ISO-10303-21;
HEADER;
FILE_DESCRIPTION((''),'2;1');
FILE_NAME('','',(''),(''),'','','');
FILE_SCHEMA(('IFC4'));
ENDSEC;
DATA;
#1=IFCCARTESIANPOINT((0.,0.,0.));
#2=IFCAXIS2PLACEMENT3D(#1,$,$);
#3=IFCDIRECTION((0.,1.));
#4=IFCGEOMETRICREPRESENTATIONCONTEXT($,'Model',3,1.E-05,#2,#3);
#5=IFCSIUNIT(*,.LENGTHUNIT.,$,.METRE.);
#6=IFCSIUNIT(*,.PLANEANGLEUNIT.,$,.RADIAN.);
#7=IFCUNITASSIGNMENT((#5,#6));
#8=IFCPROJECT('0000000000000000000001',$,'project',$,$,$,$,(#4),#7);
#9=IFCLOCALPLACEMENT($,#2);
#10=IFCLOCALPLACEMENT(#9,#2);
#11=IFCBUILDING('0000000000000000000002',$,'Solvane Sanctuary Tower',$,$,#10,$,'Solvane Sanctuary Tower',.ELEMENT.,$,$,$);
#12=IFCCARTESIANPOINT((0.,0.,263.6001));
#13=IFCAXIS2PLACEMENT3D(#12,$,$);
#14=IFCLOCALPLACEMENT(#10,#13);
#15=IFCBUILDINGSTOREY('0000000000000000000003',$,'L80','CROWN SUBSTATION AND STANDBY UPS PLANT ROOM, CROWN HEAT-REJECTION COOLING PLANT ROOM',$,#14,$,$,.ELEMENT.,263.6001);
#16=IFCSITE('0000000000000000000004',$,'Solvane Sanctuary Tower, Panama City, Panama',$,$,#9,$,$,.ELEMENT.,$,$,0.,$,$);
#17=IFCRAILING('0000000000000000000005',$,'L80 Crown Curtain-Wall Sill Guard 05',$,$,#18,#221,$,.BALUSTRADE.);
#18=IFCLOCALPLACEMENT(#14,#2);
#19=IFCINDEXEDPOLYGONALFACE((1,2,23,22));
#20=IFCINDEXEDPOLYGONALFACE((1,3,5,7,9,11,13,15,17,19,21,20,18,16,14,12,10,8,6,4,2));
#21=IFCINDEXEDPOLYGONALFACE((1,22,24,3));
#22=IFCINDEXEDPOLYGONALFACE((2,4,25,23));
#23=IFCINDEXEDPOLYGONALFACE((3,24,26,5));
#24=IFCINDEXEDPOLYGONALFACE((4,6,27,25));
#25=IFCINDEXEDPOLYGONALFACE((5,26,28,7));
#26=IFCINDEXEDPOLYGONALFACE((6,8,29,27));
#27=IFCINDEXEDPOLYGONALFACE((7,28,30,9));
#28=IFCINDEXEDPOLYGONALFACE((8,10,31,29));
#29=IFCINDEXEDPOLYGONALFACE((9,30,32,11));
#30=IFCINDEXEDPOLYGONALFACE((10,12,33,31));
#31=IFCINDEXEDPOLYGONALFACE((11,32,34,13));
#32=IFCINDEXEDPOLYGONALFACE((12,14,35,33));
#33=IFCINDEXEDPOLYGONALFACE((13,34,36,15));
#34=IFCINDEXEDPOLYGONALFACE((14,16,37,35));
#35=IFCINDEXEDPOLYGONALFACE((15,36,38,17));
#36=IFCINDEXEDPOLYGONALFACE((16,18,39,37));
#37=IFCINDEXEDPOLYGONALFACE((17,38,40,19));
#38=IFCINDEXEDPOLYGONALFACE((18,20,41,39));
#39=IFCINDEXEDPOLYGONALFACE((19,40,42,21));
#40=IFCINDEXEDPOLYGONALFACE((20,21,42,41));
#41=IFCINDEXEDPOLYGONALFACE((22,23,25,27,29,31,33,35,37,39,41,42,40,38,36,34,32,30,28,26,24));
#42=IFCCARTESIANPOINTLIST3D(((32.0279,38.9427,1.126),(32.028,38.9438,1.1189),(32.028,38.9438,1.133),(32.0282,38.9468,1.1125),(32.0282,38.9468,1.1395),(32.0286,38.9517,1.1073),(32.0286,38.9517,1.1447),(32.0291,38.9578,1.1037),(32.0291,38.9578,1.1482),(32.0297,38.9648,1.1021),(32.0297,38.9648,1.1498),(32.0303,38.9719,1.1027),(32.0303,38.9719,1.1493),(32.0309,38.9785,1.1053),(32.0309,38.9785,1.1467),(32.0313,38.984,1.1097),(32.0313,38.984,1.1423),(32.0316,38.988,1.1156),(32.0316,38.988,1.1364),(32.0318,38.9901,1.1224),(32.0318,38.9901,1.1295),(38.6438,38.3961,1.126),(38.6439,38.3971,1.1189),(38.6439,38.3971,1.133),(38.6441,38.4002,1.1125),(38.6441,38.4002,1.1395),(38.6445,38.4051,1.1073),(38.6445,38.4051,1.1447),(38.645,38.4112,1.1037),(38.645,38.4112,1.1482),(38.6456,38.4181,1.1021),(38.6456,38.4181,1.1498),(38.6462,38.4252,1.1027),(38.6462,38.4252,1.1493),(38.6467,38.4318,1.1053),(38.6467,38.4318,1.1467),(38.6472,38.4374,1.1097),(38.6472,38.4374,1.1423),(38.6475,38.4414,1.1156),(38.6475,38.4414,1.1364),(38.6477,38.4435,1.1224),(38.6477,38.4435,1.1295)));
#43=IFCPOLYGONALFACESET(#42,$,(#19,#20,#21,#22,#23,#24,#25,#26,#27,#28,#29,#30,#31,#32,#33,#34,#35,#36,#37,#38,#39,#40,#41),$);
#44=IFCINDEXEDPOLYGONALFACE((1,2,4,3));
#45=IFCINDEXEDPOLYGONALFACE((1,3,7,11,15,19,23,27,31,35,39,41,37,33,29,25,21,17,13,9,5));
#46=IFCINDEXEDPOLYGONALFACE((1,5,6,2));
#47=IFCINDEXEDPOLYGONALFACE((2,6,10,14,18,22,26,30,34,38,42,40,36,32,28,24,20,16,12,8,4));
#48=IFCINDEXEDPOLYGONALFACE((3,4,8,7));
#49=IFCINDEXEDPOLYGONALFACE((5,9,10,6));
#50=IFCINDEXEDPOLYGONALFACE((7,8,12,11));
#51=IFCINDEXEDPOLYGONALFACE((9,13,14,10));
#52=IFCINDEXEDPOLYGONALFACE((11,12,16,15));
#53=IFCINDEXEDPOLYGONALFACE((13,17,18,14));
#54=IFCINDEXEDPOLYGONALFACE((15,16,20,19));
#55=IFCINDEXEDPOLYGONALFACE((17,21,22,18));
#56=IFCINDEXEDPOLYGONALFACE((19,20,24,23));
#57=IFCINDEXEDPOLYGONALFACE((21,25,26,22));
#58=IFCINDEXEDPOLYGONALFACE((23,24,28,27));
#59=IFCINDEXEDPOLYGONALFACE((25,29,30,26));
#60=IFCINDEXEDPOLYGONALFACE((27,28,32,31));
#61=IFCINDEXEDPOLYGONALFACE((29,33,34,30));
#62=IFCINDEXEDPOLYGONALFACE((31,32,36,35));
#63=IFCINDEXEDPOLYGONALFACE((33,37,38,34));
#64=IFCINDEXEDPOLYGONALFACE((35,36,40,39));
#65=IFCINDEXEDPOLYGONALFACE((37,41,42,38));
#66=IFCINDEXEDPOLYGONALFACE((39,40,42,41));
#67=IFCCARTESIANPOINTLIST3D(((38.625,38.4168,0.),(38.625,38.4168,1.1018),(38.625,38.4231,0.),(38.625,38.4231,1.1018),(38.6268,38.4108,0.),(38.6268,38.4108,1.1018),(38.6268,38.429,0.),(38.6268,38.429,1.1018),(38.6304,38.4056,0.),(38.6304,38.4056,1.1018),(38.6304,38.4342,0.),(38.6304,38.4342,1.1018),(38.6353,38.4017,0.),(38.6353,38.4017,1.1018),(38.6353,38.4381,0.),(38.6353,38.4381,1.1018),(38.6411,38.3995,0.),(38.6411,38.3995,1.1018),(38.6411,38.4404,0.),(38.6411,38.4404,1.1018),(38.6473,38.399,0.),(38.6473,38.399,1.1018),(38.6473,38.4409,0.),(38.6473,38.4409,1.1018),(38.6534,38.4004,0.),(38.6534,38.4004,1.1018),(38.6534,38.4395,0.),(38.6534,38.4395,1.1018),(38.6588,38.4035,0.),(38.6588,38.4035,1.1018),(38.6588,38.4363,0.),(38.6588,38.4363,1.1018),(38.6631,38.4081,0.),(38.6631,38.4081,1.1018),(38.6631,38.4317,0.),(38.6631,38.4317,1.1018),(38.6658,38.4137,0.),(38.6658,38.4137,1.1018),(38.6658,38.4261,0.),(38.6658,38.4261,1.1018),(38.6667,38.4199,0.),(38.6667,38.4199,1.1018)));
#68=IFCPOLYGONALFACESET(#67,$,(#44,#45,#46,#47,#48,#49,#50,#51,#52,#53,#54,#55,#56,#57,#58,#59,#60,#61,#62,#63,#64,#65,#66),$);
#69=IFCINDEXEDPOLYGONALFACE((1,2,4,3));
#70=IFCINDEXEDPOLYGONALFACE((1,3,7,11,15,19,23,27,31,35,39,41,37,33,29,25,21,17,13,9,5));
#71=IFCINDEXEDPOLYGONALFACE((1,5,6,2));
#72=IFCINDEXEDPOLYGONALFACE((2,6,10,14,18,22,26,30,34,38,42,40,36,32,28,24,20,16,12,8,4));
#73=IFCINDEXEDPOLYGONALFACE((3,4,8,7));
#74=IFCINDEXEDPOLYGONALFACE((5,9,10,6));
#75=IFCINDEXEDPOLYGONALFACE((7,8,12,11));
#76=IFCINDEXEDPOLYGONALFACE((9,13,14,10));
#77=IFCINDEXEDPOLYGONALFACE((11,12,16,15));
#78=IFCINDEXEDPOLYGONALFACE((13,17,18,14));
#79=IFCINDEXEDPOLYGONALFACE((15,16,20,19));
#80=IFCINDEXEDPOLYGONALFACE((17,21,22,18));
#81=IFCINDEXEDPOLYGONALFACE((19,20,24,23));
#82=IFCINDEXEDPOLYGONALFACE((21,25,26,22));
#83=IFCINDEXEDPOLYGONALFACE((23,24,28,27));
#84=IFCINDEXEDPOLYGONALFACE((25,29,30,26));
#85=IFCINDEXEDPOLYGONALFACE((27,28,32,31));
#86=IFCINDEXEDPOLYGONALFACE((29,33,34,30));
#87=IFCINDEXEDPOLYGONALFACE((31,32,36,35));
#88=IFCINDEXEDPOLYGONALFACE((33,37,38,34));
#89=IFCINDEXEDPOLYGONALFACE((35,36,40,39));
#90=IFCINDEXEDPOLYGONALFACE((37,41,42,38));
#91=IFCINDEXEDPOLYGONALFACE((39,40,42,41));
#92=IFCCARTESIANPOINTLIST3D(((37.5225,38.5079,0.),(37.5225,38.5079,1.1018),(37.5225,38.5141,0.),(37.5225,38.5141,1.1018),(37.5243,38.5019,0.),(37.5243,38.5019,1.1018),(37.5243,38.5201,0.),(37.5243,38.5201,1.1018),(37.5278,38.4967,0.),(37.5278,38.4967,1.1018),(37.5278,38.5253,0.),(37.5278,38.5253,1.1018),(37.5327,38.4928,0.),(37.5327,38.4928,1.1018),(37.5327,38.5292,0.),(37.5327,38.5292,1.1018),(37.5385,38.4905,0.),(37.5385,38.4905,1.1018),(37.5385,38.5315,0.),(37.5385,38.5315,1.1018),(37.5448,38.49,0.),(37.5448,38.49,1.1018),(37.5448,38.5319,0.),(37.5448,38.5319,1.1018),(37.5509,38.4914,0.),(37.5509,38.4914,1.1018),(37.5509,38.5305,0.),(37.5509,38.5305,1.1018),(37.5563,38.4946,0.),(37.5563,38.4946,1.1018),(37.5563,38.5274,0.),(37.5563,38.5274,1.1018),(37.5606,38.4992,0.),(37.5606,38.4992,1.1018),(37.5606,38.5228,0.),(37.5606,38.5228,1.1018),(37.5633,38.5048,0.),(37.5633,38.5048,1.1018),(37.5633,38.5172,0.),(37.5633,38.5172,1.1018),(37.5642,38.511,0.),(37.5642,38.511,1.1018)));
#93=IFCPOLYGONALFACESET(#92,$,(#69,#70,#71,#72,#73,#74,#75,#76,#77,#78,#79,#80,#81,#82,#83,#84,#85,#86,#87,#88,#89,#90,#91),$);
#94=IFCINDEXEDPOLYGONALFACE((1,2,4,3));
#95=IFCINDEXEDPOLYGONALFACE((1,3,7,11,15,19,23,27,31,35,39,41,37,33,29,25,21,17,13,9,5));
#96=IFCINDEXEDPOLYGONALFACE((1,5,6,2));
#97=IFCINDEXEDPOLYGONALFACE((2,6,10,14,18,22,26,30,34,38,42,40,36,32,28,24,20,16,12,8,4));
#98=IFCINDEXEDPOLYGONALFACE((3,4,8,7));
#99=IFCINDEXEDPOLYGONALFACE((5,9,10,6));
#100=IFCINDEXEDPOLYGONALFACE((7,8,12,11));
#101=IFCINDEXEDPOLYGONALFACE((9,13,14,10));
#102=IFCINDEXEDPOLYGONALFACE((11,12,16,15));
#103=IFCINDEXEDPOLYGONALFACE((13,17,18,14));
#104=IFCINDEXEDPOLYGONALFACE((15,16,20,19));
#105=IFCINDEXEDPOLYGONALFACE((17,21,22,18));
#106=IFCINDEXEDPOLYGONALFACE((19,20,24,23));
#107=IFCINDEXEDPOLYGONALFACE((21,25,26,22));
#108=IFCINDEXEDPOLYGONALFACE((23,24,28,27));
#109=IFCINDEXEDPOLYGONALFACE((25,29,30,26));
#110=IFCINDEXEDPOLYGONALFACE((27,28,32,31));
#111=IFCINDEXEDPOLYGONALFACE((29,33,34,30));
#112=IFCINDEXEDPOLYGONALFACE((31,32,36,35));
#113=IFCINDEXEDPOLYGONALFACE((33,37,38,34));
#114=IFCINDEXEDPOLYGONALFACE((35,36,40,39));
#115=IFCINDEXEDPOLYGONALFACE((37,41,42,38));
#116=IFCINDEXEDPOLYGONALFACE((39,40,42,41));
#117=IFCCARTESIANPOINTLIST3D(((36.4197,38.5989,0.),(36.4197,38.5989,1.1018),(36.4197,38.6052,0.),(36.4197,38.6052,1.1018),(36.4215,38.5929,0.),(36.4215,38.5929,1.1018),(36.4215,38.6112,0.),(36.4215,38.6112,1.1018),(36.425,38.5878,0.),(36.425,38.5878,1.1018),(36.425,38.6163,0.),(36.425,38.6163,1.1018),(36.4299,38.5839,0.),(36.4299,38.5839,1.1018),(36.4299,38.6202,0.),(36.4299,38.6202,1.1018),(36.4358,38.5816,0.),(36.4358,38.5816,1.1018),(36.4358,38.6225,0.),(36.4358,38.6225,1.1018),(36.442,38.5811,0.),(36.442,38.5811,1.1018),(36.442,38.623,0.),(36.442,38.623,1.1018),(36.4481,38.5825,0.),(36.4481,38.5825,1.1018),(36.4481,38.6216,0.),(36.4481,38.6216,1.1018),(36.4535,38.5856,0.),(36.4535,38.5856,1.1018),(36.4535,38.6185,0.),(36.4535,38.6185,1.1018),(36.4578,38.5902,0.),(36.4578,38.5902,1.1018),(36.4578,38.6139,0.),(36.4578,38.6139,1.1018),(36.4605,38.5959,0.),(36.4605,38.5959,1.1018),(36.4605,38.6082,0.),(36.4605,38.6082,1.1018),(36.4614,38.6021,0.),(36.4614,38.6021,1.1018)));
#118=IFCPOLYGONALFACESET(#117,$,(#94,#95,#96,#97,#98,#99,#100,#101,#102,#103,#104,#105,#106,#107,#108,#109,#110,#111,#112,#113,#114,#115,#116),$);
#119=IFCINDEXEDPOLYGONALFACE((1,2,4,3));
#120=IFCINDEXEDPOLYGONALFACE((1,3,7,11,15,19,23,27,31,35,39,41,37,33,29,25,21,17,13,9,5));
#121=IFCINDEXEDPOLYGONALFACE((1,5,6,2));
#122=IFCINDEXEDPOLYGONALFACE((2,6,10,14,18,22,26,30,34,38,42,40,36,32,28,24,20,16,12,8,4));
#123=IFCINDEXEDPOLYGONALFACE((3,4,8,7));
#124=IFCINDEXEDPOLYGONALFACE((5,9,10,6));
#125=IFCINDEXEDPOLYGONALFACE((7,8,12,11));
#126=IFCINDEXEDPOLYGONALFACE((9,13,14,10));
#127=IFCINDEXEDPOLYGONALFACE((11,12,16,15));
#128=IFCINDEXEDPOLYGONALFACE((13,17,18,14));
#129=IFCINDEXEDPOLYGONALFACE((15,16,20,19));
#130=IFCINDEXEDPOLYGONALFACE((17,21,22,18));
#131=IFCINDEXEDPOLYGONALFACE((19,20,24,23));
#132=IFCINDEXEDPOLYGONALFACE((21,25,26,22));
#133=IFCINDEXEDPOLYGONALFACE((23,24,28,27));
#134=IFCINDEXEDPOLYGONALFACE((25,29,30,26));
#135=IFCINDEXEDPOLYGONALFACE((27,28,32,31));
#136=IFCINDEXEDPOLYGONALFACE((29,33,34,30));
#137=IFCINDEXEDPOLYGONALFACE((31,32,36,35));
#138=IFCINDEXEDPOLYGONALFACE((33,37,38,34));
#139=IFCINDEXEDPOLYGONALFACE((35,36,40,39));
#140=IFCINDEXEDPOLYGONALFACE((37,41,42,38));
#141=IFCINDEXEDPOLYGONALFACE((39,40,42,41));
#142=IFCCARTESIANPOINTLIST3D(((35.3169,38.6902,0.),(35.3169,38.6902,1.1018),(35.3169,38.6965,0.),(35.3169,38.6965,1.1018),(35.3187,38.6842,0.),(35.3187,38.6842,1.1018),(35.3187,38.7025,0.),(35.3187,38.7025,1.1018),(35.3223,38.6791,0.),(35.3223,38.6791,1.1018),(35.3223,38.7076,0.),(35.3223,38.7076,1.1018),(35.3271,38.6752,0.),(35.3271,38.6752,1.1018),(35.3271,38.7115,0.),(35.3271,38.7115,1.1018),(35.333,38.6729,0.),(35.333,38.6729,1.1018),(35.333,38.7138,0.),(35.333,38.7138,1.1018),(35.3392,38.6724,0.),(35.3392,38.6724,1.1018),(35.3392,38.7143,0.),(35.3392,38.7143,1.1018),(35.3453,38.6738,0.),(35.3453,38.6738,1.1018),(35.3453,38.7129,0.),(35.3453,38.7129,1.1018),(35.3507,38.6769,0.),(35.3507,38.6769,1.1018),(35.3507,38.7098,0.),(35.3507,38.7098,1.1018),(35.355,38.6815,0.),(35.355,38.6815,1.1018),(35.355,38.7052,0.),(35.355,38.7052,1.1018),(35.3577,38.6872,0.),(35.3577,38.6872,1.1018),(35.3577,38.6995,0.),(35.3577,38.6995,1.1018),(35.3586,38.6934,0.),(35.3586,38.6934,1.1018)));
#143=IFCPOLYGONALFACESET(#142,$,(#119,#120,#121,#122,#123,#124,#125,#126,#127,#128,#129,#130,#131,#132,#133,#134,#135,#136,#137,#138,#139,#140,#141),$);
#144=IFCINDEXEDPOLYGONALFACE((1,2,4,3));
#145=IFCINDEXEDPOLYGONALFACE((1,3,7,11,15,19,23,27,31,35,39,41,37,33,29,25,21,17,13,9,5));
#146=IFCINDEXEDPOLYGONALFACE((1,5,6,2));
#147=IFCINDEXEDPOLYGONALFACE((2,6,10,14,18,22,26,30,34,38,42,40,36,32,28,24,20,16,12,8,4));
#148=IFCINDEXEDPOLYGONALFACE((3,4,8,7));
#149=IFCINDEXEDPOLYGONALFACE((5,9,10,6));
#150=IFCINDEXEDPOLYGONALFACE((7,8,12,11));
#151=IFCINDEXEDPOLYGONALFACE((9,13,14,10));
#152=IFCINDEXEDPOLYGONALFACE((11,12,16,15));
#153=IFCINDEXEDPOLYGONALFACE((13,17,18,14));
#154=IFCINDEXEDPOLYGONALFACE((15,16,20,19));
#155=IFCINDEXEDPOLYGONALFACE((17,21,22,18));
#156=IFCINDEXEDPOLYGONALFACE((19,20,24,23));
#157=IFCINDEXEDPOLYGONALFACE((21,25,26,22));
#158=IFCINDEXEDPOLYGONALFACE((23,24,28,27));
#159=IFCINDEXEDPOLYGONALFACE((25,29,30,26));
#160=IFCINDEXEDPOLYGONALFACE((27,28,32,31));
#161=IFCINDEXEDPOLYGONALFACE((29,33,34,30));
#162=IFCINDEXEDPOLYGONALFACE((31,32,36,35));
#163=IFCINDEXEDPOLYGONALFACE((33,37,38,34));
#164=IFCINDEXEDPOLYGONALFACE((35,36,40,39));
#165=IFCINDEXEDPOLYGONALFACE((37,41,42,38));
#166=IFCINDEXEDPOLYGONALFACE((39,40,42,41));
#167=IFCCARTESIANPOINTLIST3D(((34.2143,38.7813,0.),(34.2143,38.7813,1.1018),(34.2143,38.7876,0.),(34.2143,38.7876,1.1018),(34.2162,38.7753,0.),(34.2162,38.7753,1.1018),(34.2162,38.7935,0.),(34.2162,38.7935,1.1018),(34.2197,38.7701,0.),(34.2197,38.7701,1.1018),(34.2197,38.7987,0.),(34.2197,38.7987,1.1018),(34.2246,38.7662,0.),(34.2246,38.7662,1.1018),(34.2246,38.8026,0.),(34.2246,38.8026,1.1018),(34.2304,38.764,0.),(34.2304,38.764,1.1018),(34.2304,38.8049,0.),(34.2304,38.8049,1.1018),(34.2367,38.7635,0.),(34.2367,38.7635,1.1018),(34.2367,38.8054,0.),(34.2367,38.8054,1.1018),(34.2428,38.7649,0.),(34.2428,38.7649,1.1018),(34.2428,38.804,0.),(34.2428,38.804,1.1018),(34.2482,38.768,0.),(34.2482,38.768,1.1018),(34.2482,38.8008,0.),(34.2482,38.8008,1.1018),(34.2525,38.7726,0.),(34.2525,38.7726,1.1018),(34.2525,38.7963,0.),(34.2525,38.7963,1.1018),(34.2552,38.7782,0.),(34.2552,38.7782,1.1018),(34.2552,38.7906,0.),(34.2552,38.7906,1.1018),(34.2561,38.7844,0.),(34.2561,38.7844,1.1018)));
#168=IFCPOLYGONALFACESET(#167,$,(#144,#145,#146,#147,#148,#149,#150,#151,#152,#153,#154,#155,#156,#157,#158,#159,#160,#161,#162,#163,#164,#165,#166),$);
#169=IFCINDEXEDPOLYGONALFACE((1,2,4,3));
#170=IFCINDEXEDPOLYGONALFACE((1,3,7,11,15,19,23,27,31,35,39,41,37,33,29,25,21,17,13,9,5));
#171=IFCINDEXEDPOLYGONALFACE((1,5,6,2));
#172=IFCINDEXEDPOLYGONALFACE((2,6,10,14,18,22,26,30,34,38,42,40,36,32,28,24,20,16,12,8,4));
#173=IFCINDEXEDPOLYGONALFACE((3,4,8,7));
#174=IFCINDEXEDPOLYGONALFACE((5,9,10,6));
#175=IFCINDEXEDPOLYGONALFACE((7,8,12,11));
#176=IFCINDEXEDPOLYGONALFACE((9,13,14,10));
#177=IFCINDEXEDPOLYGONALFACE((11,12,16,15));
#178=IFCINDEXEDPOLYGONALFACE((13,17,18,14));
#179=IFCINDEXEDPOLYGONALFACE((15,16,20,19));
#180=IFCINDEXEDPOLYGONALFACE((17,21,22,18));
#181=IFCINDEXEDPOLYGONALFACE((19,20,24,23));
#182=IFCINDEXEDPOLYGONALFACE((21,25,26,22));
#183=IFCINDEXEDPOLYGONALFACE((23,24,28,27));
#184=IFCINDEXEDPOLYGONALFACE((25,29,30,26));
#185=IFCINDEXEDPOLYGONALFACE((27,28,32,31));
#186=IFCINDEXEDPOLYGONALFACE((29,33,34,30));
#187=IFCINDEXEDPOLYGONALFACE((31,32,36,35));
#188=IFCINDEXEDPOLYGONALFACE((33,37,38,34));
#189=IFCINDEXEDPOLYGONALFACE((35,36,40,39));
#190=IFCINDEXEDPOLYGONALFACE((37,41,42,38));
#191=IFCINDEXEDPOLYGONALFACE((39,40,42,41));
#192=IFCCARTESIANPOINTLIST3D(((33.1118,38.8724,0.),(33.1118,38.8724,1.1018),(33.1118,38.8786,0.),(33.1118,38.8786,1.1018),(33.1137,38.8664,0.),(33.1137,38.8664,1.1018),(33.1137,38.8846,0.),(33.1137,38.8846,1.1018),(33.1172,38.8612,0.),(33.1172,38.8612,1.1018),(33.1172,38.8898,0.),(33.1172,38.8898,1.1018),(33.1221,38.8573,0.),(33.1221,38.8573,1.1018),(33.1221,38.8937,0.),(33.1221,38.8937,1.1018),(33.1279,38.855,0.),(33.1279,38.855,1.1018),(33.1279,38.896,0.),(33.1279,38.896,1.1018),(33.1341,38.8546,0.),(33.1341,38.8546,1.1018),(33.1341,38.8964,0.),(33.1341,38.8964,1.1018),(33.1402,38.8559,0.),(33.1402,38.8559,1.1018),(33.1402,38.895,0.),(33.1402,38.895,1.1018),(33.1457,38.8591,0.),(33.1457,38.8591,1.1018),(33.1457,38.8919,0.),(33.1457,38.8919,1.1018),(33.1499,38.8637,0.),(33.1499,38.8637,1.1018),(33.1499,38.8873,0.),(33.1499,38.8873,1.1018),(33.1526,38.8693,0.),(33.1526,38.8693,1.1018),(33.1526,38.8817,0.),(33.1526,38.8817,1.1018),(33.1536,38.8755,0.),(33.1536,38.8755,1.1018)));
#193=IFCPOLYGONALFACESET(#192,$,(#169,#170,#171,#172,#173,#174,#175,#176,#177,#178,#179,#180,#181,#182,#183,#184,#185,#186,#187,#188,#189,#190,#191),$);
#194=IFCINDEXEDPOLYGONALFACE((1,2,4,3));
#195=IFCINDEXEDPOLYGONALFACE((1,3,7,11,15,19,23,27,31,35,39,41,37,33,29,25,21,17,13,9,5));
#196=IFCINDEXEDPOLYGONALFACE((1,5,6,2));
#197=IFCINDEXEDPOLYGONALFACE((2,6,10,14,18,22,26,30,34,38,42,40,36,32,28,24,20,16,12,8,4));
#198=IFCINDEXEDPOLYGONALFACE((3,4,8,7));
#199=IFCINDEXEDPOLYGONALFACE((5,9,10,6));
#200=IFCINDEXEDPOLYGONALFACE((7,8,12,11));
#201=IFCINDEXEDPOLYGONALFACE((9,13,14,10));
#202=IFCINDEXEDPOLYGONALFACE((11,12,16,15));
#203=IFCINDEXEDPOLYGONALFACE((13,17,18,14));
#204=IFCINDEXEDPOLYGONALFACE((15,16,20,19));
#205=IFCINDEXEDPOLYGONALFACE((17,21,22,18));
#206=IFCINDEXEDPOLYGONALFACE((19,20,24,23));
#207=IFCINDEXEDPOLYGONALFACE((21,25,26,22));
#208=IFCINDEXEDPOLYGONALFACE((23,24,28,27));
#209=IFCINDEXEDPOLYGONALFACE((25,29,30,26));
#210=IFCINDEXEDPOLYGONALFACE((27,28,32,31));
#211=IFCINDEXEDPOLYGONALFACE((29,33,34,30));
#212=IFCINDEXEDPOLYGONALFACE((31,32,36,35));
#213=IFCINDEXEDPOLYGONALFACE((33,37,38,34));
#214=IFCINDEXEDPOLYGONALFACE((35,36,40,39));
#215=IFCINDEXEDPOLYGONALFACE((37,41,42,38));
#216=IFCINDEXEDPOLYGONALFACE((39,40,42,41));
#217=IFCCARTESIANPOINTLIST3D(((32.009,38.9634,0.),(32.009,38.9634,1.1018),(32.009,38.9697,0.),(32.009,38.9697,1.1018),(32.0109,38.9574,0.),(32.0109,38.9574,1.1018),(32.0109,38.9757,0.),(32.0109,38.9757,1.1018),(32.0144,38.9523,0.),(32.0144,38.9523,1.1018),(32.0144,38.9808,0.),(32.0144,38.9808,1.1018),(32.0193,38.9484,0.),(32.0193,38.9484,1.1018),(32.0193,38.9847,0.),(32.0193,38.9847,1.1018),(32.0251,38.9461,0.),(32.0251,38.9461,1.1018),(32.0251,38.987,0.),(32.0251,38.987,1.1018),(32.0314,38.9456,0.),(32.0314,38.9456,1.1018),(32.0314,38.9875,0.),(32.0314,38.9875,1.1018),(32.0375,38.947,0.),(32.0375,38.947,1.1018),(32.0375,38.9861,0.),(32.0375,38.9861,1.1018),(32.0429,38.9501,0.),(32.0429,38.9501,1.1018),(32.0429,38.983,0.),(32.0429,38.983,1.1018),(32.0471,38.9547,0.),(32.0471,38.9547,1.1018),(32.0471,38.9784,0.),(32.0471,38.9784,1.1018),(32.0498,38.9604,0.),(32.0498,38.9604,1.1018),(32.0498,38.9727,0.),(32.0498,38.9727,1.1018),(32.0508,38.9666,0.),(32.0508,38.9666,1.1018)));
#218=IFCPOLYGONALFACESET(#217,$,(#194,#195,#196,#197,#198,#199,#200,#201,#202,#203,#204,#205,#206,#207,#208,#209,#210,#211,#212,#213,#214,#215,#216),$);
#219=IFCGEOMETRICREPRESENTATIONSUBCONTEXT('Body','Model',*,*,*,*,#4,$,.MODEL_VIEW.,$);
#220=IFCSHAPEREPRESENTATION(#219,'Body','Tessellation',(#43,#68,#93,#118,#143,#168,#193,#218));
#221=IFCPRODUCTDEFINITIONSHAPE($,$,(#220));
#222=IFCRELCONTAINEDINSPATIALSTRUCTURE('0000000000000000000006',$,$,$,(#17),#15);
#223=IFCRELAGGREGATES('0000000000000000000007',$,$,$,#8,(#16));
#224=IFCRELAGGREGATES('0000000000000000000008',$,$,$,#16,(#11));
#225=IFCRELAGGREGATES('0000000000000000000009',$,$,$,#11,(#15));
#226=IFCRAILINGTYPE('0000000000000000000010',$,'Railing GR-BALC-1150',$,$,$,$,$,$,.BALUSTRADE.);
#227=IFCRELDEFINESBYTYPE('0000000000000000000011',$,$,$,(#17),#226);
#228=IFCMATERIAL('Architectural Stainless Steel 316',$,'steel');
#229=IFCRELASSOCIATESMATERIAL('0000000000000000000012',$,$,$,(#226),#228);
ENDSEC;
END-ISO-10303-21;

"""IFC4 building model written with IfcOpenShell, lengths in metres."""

from ifc_helpers import new_model, si_unit, direction, frame, origin, origin_2d, place, context, subcontext, project, spatial, circle, extrude, material, type_object, element, save


model = new_model("IFC4")

# Units and contexts
model_context = context("Model", 3, precision=1e-05, world=origin(), true_north=direction((0.0, 1.0)))
body_context = subcontext(model_context, "Body", "Model", "MODEL_VIEW")
ifc_project = project(units=[si_unit("LENGTHUNIT", "METRE"), si_unit("PLANEANGLEUNIT", "RADIAN")], contexts=[model_context])

# Site, building, storey
site_placement = place(None, origin())
site = spatial("IfcSite", under=ifc_project, at=site_placement, Name="Solvane Sanctuary Tower, Panama City, Panama", CompositionType="ELEMENT", RefElevation=0.0)
building_placement = place(site_placement, origin())
building = spatial("IfcBuilding", under=site, at=building_placement, Name="Solvane Sanctuary Tower", LongName="Solvane Sanctuary Tower", CompositionType="ELEMENT")
storey_placement = place(building_placement, frame((0.0, 0.0, 263.6001)))
storey = spatial("IfcBuildingStorey", under=building, at=storey_placement, Name="L80", Description="CROWN SUBSTATION AND STANDBY UPS PLANT ROOM, CROWN HEAT-REJECTION COOLING PLANT ROOM", CompositionType="ELEMENT", Elevation=263.6001)

# Shared definitions
ifc_material_1 = material(Name="Architectural Stainless Steel 316", Category="steel")

# Railing
railing_type = type_object("IfcRailingType", Name="Railing GR-BALC-1150", PredefinedType="BALUSTRADE", material=ifc_material_1)
railing_placement = place(storey_placement, frame((38.6458, 38.4199, 0.0)))
element("IfcRailing", 1, at=railing_placement, inside=storey, type_object=railing_type, Name="L80 Crown Curtain-Wall Sill Guard 05", PredefinedType="BALUSTRADE", context=body_context, shape_type="SweptSolid", body=[
    extrude(circle(Radius=0.0239, at=origin_2d()), frame((0.0, 0.0, 1.126), z_axis=(-0.996604, 0.082342, 0.0), x_axis=(-0.082342, -0.996604, 0.0)), (0.0, 0.0, 1.0), 6.6384),
    extrude(circle(Radius=0.021, at=origin_2d()), origin(), (0.0, 0.0, 1.0), 1.1018),
    extrude(circle(Radius=0.021, at=origin_2d()), frame((-1.1025, 0.0911, 0.0)), (0.0, 0.0, 1.0), 1.1018),
    extrude(circle(Radius=0.021, at=origin_2d()), frame((-2.2053, 0.1821, 0.0)), (0.0, 0.0, 1.0), 1.1018),
    extrude(circle(Radius=0.021, at=origin_2d()), frame((-3.3081, 0.2734, 0.0)), (0.0, 0.0, 1.0), 1.1018),
    extrude(circle(Radius=0.021, at=origin_2d()), frame((-4.4106, 0.3645, 0.0)), (0.0, 0.0, 1.0), 1.1018),
    extrude(circle(Radius=0.021, at=origin_2d()), frame((-5.5132, 0.4556, 0.0)), (0.0, 0.0, 1.0), 1.1018),
    extrude(circle(Radius=0.021, at=origin_2d()), frame((-6.616, 0.5466, 0.0)), (0.0, 0.0, 1.0), 1.1018),
])

save(model, "model.ifc")
